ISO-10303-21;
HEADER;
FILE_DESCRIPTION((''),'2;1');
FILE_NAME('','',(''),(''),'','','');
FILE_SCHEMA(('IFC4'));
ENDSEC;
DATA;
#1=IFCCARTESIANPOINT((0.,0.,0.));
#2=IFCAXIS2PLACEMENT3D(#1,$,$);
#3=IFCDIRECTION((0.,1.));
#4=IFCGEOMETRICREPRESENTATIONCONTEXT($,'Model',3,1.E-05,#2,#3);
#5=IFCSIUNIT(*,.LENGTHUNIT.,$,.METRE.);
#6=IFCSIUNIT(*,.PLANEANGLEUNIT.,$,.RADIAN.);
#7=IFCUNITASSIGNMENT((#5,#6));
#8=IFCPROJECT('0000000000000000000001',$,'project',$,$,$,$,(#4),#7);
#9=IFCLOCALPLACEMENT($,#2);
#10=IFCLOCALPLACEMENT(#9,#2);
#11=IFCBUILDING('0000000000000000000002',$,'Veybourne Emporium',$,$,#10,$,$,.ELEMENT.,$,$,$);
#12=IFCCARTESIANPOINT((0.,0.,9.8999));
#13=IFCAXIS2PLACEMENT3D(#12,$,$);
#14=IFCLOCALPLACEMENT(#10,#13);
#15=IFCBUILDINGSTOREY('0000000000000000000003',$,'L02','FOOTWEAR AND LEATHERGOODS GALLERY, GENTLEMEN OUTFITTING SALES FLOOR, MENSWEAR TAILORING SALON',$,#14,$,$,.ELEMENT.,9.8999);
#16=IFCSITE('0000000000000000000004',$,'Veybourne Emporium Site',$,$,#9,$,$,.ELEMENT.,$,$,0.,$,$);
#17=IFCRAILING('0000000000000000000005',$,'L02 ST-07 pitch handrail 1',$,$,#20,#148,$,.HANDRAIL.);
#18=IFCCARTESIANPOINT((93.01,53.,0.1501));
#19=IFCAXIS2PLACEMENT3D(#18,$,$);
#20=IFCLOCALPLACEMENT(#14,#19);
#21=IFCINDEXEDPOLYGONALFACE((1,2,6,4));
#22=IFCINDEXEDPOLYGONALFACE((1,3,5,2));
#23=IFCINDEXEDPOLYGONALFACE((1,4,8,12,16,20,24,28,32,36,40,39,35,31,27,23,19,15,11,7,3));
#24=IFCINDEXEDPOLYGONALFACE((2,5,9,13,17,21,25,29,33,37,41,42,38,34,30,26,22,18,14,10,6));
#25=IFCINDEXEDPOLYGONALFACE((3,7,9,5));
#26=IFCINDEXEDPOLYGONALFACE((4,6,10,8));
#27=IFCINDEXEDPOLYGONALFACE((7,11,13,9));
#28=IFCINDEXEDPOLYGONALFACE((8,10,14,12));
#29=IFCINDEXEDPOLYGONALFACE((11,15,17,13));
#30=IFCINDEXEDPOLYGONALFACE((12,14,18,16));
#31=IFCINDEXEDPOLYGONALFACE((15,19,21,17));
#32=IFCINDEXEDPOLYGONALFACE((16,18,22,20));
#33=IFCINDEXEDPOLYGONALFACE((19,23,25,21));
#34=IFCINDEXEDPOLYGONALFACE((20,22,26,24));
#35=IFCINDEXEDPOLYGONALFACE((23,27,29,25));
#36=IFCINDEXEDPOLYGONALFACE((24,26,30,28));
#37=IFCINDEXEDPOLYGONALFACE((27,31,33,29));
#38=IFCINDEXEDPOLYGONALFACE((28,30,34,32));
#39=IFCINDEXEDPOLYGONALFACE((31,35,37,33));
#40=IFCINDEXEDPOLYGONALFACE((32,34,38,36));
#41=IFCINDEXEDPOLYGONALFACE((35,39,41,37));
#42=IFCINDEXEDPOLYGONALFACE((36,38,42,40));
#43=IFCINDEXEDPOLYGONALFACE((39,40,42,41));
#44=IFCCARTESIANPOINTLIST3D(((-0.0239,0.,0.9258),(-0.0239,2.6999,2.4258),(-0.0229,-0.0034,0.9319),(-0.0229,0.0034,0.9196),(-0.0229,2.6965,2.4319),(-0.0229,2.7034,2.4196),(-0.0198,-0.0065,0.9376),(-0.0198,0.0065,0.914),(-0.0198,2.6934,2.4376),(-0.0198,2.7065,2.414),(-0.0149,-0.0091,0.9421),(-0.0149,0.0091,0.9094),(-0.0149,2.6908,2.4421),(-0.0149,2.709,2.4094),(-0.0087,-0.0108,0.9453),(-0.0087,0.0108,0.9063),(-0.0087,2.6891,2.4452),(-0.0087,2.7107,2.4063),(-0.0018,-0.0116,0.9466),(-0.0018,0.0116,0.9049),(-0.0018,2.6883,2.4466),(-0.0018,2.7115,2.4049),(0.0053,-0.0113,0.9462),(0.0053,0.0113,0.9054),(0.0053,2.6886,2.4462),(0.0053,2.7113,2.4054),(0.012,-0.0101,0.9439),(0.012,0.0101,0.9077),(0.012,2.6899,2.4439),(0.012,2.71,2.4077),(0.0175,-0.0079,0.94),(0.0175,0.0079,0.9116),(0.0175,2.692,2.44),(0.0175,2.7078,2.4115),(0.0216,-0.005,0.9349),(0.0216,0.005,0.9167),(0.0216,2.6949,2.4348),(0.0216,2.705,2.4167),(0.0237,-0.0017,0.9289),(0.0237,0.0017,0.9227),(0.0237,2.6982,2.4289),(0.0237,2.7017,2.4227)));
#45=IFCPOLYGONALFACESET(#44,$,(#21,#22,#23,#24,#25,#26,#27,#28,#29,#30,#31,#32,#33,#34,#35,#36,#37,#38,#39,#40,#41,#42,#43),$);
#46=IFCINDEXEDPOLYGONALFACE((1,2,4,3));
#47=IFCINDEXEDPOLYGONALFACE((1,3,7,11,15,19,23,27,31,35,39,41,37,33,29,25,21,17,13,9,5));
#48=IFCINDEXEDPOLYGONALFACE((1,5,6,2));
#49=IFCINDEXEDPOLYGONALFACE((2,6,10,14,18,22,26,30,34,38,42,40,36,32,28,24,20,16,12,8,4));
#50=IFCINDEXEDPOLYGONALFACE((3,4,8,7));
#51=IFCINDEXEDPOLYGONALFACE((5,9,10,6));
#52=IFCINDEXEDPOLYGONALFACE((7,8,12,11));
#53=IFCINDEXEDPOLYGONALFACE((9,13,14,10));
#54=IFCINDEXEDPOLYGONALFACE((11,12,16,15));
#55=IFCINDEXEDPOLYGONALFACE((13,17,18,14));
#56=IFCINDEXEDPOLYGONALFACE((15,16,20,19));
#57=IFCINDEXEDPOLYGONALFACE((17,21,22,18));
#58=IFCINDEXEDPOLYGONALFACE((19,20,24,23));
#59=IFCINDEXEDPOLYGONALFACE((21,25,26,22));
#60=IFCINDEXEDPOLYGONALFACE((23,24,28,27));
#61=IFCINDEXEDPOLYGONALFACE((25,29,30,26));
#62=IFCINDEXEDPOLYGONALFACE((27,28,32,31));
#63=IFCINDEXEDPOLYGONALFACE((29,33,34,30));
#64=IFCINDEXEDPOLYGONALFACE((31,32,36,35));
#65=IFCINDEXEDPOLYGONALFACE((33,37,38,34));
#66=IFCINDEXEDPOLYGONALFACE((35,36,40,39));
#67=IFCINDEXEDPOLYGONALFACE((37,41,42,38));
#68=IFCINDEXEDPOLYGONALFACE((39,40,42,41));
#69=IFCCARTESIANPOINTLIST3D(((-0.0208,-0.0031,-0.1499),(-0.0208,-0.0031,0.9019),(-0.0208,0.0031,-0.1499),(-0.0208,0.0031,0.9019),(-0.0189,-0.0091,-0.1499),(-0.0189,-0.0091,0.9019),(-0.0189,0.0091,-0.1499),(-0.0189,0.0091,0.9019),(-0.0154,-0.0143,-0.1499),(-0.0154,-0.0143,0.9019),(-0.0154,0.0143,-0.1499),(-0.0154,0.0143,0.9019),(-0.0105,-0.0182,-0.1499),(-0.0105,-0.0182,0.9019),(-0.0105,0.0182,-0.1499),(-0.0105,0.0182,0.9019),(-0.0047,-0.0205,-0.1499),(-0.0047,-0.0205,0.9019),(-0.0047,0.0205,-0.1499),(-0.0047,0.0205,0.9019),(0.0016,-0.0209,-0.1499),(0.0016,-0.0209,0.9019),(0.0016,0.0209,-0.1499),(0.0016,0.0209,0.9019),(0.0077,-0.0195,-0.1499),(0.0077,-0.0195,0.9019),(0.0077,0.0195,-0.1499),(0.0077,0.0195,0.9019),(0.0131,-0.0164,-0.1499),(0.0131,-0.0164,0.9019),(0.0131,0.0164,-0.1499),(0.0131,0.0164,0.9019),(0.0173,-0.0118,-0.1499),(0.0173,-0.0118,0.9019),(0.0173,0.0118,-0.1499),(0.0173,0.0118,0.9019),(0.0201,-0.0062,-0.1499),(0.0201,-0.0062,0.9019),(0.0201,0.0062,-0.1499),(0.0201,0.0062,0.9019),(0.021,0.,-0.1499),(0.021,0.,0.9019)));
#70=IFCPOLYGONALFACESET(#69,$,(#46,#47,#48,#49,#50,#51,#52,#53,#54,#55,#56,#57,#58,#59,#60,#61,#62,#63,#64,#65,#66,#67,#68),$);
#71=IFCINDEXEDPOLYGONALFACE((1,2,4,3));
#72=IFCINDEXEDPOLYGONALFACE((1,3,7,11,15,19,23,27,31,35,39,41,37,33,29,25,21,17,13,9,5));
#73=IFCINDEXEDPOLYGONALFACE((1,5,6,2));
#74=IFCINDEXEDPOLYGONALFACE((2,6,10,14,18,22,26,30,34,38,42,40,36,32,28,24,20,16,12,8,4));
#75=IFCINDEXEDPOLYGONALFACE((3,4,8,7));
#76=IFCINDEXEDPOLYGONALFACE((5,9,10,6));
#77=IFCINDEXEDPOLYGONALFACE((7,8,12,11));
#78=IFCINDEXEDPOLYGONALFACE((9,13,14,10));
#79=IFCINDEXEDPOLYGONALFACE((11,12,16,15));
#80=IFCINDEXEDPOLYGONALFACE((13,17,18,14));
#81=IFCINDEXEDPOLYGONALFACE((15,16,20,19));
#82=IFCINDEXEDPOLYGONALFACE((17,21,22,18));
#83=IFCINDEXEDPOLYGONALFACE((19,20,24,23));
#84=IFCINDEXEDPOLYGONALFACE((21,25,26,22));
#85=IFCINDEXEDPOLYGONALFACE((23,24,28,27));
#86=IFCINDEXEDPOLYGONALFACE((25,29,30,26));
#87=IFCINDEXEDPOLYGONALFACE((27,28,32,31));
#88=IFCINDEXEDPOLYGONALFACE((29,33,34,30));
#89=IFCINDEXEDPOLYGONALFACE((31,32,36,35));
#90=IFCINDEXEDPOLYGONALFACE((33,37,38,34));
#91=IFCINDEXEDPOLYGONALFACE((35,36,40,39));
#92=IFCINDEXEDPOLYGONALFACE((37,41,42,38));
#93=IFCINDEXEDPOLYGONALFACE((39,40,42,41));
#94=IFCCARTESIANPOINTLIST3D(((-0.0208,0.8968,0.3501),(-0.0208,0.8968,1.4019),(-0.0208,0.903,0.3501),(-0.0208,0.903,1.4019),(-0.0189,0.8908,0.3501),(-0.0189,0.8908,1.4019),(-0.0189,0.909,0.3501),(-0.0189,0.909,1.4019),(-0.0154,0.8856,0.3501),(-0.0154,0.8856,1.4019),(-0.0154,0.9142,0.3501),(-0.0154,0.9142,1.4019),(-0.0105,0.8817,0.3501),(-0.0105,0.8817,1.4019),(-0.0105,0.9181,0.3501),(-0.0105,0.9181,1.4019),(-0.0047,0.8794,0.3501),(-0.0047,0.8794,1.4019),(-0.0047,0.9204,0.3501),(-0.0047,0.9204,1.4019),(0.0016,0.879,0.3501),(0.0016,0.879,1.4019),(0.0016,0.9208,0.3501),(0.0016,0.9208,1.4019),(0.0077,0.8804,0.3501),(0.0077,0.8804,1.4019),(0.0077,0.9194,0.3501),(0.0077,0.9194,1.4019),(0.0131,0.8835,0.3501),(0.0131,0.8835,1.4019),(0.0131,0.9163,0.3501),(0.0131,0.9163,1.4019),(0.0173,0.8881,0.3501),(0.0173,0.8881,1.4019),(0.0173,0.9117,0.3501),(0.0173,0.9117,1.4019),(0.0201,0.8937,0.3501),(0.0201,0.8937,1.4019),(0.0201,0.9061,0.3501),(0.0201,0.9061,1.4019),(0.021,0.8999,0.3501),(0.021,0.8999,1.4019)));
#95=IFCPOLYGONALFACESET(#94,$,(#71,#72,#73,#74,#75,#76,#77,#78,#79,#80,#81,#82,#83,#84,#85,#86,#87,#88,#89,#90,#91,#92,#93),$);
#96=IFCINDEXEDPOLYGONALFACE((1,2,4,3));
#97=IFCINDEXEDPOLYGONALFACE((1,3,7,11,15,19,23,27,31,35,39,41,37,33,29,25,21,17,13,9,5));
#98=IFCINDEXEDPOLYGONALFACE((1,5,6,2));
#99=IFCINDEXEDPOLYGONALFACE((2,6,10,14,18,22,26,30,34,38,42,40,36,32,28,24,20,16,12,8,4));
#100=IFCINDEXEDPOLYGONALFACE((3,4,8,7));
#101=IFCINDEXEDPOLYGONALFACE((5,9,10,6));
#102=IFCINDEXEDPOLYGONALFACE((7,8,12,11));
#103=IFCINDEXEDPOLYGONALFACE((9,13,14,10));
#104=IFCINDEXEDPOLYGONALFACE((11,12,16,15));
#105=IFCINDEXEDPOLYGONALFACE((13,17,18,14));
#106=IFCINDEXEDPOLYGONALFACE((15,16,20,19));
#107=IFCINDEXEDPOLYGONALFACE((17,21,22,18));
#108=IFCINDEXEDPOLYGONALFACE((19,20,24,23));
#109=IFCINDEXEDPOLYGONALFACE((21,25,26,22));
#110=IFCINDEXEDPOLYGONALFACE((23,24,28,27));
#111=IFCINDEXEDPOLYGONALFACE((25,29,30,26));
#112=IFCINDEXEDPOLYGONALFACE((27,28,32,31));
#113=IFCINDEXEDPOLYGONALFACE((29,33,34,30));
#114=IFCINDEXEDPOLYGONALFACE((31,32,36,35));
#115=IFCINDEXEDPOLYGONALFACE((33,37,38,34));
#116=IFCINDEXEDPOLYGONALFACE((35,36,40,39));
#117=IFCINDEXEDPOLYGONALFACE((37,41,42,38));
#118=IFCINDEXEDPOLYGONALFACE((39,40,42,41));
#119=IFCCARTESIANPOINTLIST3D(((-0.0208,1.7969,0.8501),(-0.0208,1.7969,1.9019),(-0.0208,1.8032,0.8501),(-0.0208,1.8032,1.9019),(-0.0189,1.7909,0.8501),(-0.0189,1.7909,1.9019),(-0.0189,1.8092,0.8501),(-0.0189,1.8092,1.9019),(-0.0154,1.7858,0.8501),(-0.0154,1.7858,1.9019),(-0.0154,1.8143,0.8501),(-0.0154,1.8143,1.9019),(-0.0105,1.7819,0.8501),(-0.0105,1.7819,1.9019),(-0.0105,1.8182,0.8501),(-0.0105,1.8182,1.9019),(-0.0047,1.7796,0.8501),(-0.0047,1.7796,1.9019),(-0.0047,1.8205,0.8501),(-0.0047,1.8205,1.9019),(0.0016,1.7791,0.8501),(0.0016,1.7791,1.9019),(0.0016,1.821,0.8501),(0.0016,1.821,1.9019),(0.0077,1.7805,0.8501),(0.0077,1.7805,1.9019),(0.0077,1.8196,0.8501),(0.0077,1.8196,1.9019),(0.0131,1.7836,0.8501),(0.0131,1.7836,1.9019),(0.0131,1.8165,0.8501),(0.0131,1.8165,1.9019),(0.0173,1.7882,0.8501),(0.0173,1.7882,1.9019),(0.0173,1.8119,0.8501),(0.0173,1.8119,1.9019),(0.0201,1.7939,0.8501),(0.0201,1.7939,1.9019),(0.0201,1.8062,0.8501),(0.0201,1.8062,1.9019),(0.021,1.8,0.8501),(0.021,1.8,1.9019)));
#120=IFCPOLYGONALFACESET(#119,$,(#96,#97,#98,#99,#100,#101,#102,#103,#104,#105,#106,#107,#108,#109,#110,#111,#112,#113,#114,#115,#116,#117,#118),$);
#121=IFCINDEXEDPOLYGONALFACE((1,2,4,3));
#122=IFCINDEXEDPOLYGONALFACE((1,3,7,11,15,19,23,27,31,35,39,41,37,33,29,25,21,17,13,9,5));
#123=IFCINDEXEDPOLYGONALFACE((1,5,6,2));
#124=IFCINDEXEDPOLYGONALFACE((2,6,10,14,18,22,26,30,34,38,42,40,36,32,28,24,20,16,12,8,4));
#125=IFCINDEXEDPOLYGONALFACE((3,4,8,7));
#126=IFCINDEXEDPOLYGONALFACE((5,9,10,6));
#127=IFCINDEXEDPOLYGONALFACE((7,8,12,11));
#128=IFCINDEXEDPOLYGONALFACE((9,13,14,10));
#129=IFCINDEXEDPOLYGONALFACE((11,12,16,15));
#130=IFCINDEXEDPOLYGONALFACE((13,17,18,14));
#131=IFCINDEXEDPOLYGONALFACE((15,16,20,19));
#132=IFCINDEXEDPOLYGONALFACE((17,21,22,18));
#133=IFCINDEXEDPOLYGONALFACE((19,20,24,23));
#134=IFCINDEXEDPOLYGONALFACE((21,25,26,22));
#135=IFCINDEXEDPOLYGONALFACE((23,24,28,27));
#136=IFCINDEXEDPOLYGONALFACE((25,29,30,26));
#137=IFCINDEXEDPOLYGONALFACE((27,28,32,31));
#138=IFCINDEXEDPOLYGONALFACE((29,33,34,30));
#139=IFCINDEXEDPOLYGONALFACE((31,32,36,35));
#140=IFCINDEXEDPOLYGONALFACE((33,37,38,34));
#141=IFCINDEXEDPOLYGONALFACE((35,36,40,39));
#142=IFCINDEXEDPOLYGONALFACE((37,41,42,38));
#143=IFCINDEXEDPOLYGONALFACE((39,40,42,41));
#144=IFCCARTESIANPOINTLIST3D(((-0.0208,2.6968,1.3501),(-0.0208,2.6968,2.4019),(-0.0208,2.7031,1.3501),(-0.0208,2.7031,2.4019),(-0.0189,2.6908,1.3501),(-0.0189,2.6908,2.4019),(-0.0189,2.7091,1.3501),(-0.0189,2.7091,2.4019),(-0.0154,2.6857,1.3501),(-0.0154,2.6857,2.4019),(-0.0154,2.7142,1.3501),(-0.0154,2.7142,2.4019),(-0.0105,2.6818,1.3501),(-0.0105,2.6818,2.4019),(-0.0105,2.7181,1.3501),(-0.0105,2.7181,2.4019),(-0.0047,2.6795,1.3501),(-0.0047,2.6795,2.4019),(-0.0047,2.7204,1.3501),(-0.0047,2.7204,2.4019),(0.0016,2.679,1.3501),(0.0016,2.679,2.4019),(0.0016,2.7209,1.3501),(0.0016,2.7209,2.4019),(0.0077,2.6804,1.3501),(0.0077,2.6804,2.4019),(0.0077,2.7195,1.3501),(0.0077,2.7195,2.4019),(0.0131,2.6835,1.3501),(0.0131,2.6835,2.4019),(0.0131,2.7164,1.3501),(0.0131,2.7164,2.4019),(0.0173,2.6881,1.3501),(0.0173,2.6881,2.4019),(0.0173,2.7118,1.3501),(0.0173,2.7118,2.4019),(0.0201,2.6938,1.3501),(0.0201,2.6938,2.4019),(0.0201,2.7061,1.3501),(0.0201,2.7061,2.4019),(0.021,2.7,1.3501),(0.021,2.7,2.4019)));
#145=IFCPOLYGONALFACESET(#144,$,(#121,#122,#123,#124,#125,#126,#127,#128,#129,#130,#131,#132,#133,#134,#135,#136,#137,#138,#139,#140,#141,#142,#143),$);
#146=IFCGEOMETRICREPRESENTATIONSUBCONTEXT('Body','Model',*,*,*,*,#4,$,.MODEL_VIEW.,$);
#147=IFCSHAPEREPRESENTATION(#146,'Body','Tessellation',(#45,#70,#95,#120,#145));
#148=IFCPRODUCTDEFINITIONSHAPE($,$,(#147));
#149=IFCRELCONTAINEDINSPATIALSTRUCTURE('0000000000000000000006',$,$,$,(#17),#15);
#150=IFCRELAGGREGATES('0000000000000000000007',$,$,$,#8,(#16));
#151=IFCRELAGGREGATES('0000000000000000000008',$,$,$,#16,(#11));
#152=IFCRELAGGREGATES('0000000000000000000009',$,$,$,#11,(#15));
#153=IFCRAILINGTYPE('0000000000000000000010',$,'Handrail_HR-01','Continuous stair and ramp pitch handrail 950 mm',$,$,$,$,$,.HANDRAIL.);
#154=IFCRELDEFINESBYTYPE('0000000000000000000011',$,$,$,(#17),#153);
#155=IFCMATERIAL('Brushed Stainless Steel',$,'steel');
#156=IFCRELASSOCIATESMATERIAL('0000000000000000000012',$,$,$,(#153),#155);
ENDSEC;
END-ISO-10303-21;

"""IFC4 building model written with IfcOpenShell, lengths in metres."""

from ifc_helpers import new_model, si_unit, direction, frame, origin, origin_2d, place, context, subcontext, project, spatial, circle, extrude, material, type_object, element, save


model = new_model("IFC4")

# Units and contexts
model_context = context("Model", 3, precision=1e-05, world=origin(), true_north=direction((0.0, 1.0)))
body_context = subcontext(model_context, "Body", "Model", "MODEL_VIEW")
ifc_project = project(units=[si_unit("LENGTHUNIT", "METRE"), si_unit("PLANEANGLEUNIT", "RADIAN")], contexts=[model_context])

# Site, building, storey
site_placement = place(None, origin())
site = spatial("IfcSite", under=ifc_project, at=site_placement, Name="Veybourne Emporium Site", CompositionType="ELEMENT", RefElevation=0.0)
building_placement = place(site_placement, origin())
building = spatial("IfcBuilding", under=site, at=building_placement, Name="Veybourne Emporium", CompositionType="ELEMENT")
storey_placement = place(building_placement, frame((0.0, 0.0, 9.8999)))
storey = spatial("IfcBuildingStorey", under=building, at=storey_placement, Name="L02", Description="FOOTWEAR AND LEATHERGOODS GALLERY, GENTLEMEN OUTFITTING SALES FLOOR, MENSWEAR TAILORING SALON", CompositionType="ELEMENT", Elevation=9.8999)

# Railing
ifc_material_1 = material(Name="Brushed Stainless Steel", Category="steel")
railing_type_1 = type_object("IfcRailingType", Name="Handrail_HR-01", Description="Continuous stair and ramp pitch handrail 950 mm", PredefinedType="HANDRAIL", material=ifc_material_1)
railing_1_placement = place(storey_placement, frame((93.01, 53.0, 0.1501)))
element("IfcRailing", 1, at=railing_1_placement, inside=storey, type_object=railing_type_1, Name="L02 ST-07 pitch handrail 1", PredefinedType="HANDRAIL", context=body_context, shape_type="SweptSolid", body=[
    extrude(circle(Radius=0.0239, at=origin_2d()), frame((0.0, 0.0, 0.9258), z_axis=(0.0, 0.874154, 0.48565), x_axis=(-1.0, 0.0, 0.0)), (0.0, 0.0, 1.0), 3.0886),
    extrude(circle(Radius=0.021, at=origin_2d()), frame((0.0, 0.0, -0.1499)), (0.0, 0.0, 1.0), 1.0518),
    extrude(circle(Radius=0.021, at=origin_2d()), frame((0.0, 0.8999, 0.3501)), (0.0, 0.0, 1.0), 1.0518),
    extrude(circle(Radius=0.021, at=origin_2d()), frame((0.0, 1.8, 0.8501)), (0.0, 0.0, 1.0), 1.0518),
    extrude(circle(Radius=0.021, at=origin_2d()), frame((0.0, 2.7, 1.3501)), (0.0, 0.0, 1.0), 1.0518),
])

save(model, "model.ifc")
